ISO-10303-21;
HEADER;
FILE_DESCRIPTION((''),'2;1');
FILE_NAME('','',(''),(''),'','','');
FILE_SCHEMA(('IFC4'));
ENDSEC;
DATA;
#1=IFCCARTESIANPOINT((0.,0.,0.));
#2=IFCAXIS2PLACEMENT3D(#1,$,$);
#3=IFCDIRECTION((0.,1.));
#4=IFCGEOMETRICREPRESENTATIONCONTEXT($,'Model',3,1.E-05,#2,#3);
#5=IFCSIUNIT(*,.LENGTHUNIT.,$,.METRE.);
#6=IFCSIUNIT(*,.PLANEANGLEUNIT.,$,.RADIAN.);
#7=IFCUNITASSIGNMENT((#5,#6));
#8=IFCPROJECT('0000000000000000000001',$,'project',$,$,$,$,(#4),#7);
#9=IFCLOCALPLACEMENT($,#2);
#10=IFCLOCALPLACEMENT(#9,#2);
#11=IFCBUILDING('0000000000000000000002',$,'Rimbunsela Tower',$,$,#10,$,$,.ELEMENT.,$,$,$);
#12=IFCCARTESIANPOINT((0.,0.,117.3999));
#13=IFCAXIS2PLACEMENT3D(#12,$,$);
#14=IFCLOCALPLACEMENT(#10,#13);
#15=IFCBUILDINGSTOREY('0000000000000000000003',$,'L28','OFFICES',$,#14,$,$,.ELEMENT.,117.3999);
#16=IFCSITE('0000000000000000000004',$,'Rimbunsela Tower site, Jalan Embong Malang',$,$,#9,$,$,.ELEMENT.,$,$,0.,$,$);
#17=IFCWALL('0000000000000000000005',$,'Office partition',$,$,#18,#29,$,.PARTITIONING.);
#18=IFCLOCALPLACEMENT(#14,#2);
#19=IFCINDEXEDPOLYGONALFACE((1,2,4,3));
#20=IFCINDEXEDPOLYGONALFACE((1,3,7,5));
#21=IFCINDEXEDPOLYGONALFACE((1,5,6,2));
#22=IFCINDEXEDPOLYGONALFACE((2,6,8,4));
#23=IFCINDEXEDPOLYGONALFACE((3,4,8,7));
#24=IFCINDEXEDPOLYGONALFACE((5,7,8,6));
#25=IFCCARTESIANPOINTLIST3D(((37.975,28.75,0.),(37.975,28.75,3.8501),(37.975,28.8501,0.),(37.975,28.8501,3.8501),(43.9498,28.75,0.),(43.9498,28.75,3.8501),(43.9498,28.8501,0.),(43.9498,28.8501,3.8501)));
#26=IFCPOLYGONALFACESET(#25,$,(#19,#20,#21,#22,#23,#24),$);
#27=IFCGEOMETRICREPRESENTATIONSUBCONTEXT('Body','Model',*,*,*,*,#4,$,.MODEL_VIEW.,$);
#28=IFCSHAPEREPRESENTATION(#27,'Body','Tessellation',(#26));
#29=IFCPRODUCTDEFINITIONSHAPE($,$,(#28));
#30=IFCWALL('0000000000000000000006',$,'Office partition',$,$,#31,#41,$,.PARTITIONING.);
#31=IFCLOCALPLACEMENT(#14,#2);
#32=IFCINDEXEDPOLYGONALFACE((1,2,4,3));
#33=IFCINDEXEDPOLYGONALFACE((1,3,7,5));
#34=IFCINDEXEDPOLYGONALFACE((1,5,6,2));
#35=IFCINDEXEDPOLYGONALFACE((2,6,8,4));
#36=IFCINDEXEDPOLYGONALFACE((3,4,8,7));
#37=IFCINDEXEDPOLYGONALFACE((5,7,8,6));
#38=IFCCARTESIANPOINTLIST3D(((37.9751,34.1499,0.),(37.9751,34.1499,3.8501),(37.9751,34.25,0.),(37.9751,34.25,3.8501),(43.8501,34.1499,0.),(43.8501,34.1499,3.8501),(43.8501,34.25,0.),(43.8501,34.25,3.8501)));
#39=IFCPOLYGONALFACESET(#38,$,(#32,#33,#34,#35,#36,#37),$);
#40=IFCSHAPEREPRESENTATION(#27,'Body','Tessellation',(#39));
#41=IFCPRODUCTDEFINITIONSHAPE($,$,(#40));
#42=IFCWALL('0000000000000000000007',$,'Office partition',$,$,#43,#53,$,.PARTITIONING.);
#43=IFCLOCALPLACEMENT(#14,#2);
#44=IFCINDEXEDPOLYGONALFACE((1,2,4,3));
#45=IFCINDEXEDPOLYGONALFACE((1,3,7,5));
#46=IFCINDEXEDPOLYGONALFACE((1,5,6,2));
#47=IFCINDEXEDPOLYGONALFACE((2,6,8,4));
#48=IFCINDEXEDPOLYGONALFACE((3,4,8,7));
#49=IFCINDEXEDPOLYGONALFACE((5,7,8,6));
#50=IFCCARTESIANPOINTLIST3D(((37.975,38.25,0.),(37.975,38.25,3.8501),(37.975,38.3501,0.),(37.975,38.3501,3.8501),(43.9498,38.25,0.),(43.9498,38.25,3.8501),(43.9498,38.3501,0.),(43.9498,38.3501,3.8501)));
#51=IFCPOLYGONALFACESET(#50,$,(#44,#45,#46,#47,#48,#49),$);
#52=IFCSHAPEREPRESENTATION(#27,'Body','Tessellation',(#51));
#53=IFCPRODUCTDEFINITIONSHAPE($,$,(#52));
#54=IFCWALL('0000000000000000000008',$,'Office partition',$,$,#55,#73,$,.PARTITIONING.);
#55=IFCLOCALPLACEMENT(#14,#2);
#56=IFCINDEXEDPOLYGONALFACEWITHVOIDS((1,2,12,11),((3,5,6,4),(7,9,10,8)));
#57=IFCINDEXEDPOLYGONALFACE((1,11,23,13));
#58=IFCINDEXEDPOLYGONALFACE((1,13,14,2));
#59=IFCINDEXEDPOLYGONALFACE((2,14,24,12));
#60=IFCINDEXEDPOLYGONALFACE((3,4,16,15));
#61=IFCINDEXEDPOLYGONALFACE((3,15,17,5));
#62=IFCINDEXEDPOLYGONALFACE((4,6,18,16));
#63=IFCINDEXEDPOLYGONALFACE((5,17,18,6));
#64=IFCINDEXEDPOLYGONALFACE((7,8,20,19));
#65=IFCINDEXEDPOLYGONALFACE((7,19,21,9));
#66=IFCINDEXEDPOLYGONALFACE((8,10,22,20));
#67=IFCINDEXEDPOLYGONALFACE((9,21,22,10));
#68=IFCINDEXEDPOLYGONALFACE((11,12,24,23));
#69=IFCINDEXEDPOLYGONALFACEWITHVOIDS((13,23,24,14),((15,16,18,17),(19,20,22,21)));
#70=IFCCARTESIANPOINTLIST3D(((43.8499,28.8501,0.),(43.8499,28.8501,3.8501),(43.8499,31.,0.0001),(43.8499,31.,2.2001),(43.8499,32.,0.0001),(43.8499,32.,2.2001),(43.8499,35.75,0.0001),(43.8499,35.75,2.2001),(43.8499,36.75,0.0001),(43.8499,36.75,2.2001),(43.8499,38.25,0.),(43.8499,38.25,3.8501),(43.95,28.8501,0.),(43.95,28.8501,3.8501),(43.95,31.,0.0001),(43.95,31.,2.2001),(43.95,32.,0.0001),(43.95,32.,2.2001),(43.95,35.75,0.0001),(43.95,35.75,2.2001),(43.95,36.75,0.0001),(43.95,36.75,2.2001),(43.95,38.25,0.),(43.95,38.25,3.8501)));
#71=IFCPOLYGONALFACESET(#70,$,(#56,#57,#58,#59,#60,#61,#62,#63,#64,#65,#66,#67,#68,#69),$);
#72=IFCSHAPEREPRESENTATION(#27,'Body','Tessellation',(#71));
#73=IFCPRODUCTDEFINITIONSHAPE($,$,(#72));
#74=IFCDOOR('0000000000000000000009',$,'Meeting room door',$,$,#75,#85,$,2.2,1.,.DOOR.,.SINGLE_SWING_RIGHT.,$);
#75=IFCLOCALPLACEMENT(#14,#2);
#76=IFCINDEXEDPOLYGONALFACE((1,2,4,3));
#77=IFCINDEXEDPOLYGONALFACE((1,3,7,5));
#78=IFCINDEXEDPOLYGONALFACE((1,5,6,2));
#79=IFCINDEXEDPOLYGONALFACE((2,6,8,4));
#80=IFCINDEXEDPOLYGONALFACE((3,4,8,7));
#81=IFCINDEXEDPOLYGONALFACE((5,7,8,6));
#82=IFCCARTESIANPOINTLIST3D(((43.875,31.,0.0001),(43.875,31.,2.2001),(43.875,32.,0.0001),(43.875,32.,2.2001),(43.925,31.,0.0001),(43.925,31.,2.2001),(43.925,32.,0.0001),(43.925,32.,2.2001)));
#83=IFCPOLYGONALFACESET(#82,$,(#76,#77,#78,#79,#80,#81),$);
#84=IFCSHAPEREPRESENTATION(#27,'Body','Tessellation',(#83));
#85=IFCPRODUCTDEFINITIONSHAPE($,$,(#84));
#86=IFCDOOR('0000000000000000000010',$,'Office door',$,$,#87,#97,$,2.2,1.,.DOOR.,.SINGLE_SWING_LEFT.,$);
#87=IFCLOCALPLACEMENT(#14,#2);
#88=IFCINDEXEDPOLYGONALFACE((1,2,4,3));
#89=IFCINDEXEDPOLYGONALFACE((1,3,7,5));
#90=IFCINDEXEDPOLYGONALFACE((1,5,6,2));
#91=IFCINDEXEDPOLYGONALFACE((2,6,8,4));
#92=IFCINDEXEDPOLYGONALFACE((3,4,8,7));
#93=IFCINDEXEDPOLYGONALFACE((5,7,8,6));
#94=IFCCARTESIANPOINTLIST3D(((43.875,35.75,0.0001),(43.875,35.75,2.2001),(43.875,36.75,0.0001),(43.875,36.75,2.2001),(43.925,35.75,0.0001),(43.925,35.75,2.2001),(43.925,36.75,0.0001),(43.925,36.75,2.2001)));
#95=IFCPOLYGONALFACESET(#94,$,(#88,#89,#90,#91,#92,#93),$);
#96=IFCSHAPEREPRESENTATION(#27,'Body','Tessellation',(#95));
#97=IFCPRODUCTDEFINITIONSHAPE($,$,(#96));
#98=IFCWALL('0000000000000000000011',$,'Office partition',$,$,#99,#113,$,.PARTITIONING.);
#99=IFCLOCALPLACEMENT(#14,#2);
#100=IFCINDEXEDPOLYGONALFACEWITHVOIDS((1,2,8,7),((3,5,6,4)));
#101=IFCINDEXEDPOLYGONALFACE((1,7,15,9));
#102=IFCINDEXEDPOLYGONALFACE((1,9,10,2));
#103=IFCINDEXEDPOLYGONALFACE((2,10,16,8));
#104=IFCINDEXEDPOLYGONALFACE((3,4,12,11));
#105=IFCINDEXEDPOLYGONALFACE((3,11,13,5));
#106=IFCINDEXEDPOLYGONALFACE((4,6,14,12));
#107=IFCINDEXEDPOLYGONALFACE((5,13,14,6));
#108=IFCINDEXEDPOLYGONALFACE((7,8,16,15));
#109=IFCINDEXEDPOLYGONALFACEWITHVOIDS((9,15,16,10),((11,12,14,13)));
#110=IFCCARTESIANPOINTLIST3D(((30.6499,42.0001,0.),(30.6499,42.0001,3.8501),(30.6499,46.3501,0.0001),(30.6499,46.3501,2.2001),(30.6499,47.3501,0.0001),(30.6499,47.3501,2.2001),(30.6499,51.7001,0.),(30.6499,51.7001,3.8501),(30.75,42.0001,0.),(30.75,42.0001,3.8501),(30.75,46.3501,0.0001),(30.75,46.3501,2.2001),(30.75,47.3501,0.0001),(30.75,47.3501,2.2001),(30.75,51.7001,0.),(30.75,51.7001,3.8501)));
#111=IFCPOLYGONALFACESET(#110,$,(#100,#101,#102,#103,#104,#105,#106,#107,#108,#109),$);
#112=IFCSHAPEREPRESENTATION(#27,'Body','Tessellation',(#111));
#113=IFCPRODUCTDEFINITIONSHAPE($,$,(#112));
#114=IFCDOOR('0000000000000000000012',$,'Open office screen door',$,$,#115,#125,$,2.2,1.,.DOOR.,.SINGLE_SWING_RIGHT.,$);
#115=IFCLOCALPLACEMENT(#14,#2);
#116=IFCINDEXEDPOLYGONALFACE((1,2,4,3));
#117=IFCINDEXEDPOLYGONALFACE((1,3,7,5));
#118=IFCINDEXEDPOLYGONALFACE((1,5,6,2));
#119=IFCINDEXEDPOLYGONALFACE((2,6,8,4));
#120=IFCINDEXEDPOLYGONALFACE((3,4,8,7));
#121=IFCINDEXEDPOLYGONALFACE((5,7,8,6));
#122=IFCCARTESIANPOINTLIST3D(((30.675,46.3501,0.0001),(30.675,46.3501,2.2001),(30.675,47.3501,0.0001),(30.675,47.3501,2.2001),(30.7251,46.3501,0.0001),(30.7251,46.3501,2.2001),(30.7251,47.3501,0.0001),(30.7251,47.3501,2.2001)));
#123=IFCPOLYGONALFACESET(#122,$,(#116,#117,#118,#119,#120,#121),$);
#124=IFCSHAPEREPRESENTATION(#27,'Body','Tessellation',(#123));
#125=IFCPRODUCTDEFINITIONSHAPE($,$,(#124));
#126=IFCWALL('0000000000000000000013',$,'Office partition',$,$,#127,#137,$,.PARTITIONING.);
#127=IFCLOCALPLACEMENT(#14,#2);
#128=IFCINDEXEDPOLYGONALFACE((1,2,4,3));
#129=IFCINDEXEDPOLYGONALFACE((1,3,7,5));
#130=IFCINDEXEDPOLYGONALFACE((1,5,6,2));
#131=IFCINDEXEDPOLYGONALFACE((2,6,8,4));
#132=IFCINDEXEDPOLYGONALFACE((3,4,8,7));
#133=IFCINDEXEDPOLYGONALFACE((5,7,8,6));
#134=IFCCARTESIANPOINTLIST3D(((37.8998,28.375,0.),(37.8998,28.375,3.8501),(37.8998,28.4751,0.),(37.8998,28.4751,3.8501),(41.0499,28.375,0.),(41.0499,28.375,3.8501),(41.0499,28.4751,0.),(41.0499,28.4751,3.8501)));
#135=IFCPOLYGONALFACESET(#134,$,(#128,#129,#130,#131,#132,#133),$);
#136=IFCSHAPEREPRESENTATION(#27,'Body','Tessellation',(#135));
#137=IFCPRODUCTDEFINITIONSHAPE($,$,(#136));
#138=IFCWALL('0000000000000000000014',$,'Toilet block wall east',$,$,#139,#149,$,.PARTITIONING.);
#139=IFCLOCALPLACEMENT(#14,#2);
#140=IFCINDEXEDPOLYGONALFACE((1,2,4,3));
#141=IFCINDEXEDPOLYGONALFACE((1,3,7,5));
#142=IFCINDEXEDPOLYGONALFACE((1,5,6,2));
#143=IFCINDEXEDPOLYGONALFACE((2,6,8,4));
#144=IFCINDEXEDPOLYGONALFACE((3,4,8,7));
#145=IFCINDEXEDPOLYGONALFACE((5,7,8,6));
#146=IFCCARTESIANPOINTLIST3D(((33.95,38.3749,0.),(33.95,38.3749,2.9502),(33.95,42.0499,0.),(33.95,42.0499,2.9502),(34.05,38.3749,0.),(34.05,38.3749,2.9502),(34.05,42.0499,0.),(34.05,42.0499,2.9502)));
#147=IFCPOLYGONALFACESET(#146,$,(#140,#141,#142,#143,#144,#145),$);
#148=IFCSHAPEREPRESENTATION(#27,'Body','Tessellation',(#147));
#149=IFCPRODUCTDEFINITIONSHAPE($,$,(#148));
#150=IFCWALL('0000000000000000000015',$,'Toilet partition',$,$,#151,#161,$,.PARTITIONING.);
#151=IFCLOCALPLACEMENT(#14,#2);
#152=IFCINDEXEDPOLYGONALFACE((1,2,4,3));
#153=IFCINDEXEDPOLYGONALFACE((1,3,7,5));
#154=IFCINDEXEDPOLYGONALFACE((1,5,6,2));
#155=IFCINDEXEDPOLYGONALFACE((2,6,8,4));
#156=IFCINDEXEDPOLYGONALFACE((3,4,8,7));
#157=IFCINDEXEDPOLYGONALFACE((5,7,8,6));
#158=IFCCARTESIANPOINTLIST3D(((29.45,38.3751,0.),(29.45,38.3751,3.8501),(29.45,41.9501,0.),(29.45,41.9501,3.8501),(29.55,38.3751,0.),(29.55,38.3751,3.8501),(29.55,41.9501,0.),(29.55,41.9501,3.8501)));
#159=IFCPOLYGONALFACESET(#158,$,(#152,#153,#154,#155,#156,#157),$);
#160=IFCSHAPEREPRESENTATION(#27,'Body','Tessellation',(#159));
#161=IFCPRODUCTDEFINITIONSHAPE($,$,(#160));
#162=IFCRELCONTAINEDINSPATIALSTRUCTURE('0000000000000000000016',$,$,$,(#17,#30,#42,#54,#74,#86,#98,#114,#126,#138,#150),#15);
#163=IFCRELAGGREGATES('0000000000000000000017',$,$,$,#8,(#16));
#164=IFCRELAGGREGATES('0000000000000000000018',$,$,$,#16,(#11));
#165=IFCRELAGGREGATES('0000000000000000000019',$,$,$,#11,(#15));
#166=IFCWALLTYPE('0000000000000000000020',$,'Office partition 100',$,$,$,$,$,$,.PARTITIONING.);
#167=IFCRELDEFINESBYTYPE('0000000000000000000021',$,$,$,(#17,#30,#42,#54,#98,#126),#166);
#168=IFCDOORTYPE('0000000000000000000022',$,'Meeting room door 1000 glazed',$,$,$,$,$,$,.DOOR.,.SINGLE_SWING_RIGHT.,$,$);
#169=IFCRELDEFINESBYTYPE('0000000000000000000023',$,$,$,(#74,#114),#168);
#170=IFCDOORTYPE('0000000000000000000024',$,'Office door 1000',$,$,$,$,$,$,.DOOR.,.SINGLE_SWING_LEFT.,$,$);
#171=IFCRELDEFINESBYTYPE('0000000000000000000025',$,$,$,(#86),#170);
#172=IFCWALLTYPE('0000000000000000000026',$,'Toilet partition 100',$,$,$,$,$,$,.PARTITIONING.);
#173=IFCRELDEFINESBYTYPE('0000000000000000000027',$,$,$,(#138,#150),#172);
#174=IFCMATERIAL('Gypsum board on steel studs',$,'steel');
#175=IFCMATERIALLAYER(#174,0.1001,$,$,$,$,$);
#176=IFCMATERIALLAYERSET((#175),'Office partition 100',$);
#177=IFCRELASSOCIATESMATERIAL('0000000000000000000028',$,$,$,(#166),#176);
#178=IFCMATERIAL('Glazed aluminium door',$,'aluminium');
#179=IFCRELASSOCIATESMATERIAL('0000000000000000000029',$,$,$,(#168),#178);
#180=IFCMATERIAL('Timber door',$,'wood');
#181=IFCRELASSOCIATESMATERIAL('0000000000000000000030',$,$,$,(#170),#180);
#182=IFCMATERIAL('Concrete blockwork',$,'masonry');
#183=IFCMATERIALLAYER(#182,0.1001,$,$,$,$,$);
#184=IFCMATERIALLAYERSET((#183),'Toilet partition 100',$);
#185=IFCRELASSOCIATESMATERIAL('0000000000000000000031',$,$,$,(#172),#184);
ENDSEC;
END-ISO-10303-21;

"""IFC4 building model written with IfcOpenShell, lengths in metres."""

from ifc_helpers import new_model, si_unit, direction, frame, frame_2d, origin, place, context, subcontext, project, spatial, rectangle, extrude, material, layer, layer_set, type_object, element, fill, save


model = new_model("IFC4")

# Units and contexts
model_context = context("Model", 3, precision=1e-05, world=origin(), true_north=direction((0.0, 1.0)))
body_context = subcontext(model_context, "Body", "Model", "MODEL_VIEW")
ifc_project = project(units=[si_unit("LENGTHUNIT", "METRE"), si_unit("PLANEANGLEUNIT", "RADIAN")], contexts=[model_context])

# Site, building, storey
site_placement = place(None, origin())
site = spatial("IfcSite", under=ifc_project, at=site_placement, Name="Rimbunsela Tower site, Jalan Embong Malang", CompositionType="ELEMENT", RefElevation=0.0)
building_placement = place(site_placement, origin())
building = spatial("IfcBuilding", under=site, at=building_placement, Name="Rimbunsela Tower", CompositionType="ELEMENT")
storey_placement = place(building_placement, frame((0.0, 0.0, 117.3999)))
storey = spatial("IfcBuildingStorey", under=building, at=storey_placement, Name="L28", Description="OFFICES", CompositionType="ELEMENT", Elevation=117.3999)

# Walls
ifc_material_1 = material(Name="Gypsum board on steel studs", Category="steel")
ifc_layer_1 = layer(ifc_material_1, 0.1001)
ifc_layer_set_1 = layer_set([ifc_layer_1], Name="Office partition 100")
wall_type_1 = type_object("IfcWallType", Name="Office partition 100", PredefinedType="PARTITIONING", material=ifc_layer_set_1)
wall_1_placement = place(storey_placement, frame((37.9751, 28.8, 0.0), z_axis=(0.0, 0.0, 1.0), x_axis=(1.0, 0.0, 0.0)))
element("IfcWall", 1, at=wall_1_placement, inside=storey, type_object=wall_type_1, Name="Office partition", PredefinedType="PARTITIONING", context=body_context, shape_type="SweptSolid", body=[
    extrude(rectangle(XDim=5.9749, YDim=0.1001, at=frame_2d((2.9873, 0.0))), origin(), (0.0, 0.0, 1.0), 3.8501),
])
wall_2_placement = place(storey_placement, frame((37.9751, 34.2, 0.0), z_axis=(0.0, 0.0, 1.0), x_axis=(1.0, 0.0, 0.0)))
element("IfcWall", 2, at=wall_2_placement, inside=storey, type_object=wall_type_1, Name="Office partition", PredefinedType="PARTITIONING", context=body_context, shape_type="SweptSolid", body=[
    extrude(rectangle(XDim=5.875, YDim=0.1001, at=frame_2d((2.9375, 0.0))), origin(), (0.0, 0.0, 1.0), 3.8501),
])
wall_3_placement = place(storey_placement, frame((37.9751, 38.3, 0.0), z_axis=(0.0, 0.0, 1.0), x_axis=(1.0, 0.0, 0.0)))
element("IfcWall", 3, at=wall_3_placement, inside=storey, type_object=wall_type_1, Name="Office partition", PredefinedType="PARTITIONING", context=body_context, shape_type="SweptSolid", body=[
    extrude(rectangle(XDim=5.9749, YDim=0.1001, at=frame_2d((2.9873, 0.0))), origin(), (0.0, 0.0, 1.0), 3.8501),
])

# Wall, openings, doors
wall_4_placement = place(storey_placement, frame((43.8999, 28.8501, 0.0), z_axis=(0.0, 0.0, 1.0), x_axis=(0.0, 1.0, 0.0)))
wall_4 = element("IfcWall", 4, at=wall_4_placement, inside=storey, type_object=wall_type_1, Name="Office partition", PredefinedType="PARTITIONING", context=body_context, shape_type="SweptSolid", body=[
    extrude(rectangle(XDim=9.3999, YDim=0.1001, at=frame_2d((4.7, 0.0))), origin(), (0.0, 0.0, 1.0), 3.8501),
])
opening_1_placement = place(wall_4_placement, frame((2.1499, 0.0, 0.0)))
opening_1 = element("IfcOpeningElement", 5, at=opening_1_placement, cuts=wall_4, PredefinedType="OPENING", context=body_context, shape_type="SweptSolid", body=[
    extrude(rectangle(XDim=1.0, YDim=2.2, at=frame_2d((0.5, 1.1001))), frame((0.0, 0.0601, 0.0), z_axis=(0.0, -1.0, 0.0), x_axis=(1.0, 0.0, 0.0)), (0.0, 0.0, 1.0), 0.1201),
])
opening_2_placement = place(wall_4_placement, frame((6.8999, 0.0, 0.0)))
opening_2 = element("IfcOpeningElement", 6, at=opening_2_placement, cuts=wall_4, PredefinedType="OPENING", context=body_context, shape_type="SweptSolid", body=[
    extrude(rectangle(XDim=1.0, YDim=2.2, at=frame_2d((0.5, 1.1001))), frame((0.0, 0.0601, 0.0), z_axis=(0.0, -1.0, 0.0), x_axis=(1.0, 0.0, 0.0)), (0.0, 0.0, 1.0), 0.1201),
])
ifc_material_2 = material(Name="Glazed aluminium door", Category="aluminium")
door_type_1 = type_object("IfcDoorType", Name="Meeting room door 1000 glazed", OperationType="SINGLE_SWING_RIGHT", PredefinedType="DOOR", material=ifc_material_2)
door_1_placement = place(opening_1_placement, origin())
door_1 = element("IfcDoor", 7, at=door_1_placement, inside=storey, type_object=door_type_1, Name="Meeting room door", OperationType="SINGLE_SWING_RIGHT", OverallHeight=2.2, OverallWidth=1.0, PredefinedType="DOOR", context=body_context, shape_type="SweptSolid", body=[
    extrude(rectangle(XDim=1.0, YDim=2.2, at=frame_2d((0.5, 1.1001))), frame((0.0, 0.0249, 0.0), z_axis=(0.0, -1.0, 0.0), x_axis=(1.0, 0.0, 0.0)), (0.0, 0.0, 1.0), 0.05),
])
fill(opening_1, door_1)
ifc_material_3 = material(Name="Timber door", Category="wood")
door_type_2 = type_object("IfcDoorType", Name="Office door 1000", OperationType="SINGLE_SWING_LEFT", PredefinedType="DOOR", material=ifc_material_3)
door_2_placement = place(opening_2_placement, origin())
door_2 = element("IfcDoor", 8, at=door_2_placement, inside=storey, type_object=door_type_2, Name="Office door", OperationType="SINGLE_SWING_LEFT", OverallHeight=2.2, OverallWidth=1.0, PredefinedType="DOOR", context=body_context, shape_type="SweptSolid", body=[
    extrude(rectangle(XDim=1.0, YDim=2.2, at=frame_2d((0.5, 1.1001))), frame((0.0, 0.0249, 0.0), z_axis=(0.0, -1.0, 0.0), x_axis=(1.0, 0.0, 0.0)), (0.0, 0.0, 1.0), 0.05),
])
fill(opening_2, door_2)

# Wall, opening, door
wall_5_placement = place(storey_placement, frame((30.7, 42.0, 0.0), z_axis=(0.0, 0.0, 1.0), x_axis=(0.0, 1.0, 0.0)))
wall_5 = element("IfcWall", 9, at=wall_5_placement, inside=storey, type_object=wall_type_1, Name="Office partition", PredefinedType="PARTITIONING", context=body_context, shape_type="SweptSolid", body=[
    extrude(rectangle(XDim=9.7, YDim=0.1001, at=frame_2d((4.8501, 0.0))), origin(), (0.0, 0.0, 1.0), 3.8501),
])
opening_3_placement = place(wall_5_placement, frame((4.3501, 0.0, 0.0)))
opening_3 = element("IfcOpeningElement", 10, at=opening_3_placement, cuts=wall_5, PredefinedType="OPENING", context=body_context, shape_type="SweptSolid", body=[
    extrude(rectangle(XDim=1.0, YDim=2.2, at=frame_2d((0.5, 1.1001))), frame((0.0, 0.0601, 0.0), z_axis=(0.0, -1.0, 0.0), x_axis=(1.0, 0.0, 0.0)), (0.0, 0.0, 1.0), 0.1201),
])
door_3_placement = place(opening_3_placement, origin())
door_3 = element("IfcDoor", 11, at=door_3_placement, inside=storey, type_object=door_type_1, Name="Open office screen door", OperationType="SINGLE_SWING_RIGHT", OverallHeight=2.2, OverallWidth=1.0, PredefinedType="DOOR", context=body_context, shape_type="SweptSolid", body=[
    extrude(rectangle(XDim=1.0, YDim=2.2, at=frame_2d((0.5, 1.1001))), frame((0.0, 0.0249, 0.0), z_axis=(0.0, -1.0, 0.0), x_axis=(1.0, 0.0, 0.0)), (0.0, 0.0, 1.0), 0.05),
])
fill(opening_3, door_3)

# Walls
wall_6_placement = place(storey_placement, frame((41.05, 28.425, 0.0), z_axis=(0.0, 0.0, 1.0), x_axis=(-1.0, 0.0, 0.0)))
element("IfcWall", 12, at=wall_6_placement, inside=storey, type_object=wall_type_1, Name="Office partition", PredefinedType="PARTITIONING", context=body_context, shape_type="SweptSolid", body=[
    extrude(rectangle(XDim=3.1501, YDim=0.1001, at=frame_2d((1.5752, 0.0))), origin(), (0.0, 0.0, 1.0), 3.8501),
])
ifc_material_4 = material(Name="Concrete blockwork", Category="masonry")
ifc_layer_2 = layer(ifc_material_4, 0.1001)
ifc_layer_set_2 = layer_set([ifc_layer_2], Name="Toilet partition 100")
wall_type_2 = type_object("IfcWallType", Name="Toilet partition 100", PredefinedType="PARTITIONING", material=ifc_layer_set_2)
wall_7_placement = place(storey_placement, frame((34.0, 38.375, 0.0), z_axis=(0.0, 0.0, 1.0), x_axis=(0.0, 1.0, 0.0)))
element("IfcWall", 13, at=wall_7_placement, inside=storey, type_object=wall_type_2, Name="Toilet block wall east", PredefinedType="PARTITIONING", context=body_context, shape_type="SweptSolid", body=[
    extrude(rectangle(XDim=3.675, YDim=0.1001, at=frame_2d((1.8374, 0.0))), origin(), (0.0, 0.0, 1.0), 2.9502),
])
wall_8_placement = place(storey_placement, frame((29.5, 38.375, 0.0), z_axis=(0.0, 0.0, 1.0), x_axis=(0.0, 1.0, 0.0)))
element("IfcWall", 14, at=wall_8_placement, inside=storey, type_object=wall_type_2, Name="Toilet partition", PredefinedType="PARTITIONING", context=body_context, shape_type="SweptSolid", body=[
    extrude(rectangle(XDim=3.575, YDim=0.1001, at=frame_2d((1.7876, 0.0))), origin(), (0.0, 0.0, 1.0), 3.8501),
])

save(model, "model.ifc")
